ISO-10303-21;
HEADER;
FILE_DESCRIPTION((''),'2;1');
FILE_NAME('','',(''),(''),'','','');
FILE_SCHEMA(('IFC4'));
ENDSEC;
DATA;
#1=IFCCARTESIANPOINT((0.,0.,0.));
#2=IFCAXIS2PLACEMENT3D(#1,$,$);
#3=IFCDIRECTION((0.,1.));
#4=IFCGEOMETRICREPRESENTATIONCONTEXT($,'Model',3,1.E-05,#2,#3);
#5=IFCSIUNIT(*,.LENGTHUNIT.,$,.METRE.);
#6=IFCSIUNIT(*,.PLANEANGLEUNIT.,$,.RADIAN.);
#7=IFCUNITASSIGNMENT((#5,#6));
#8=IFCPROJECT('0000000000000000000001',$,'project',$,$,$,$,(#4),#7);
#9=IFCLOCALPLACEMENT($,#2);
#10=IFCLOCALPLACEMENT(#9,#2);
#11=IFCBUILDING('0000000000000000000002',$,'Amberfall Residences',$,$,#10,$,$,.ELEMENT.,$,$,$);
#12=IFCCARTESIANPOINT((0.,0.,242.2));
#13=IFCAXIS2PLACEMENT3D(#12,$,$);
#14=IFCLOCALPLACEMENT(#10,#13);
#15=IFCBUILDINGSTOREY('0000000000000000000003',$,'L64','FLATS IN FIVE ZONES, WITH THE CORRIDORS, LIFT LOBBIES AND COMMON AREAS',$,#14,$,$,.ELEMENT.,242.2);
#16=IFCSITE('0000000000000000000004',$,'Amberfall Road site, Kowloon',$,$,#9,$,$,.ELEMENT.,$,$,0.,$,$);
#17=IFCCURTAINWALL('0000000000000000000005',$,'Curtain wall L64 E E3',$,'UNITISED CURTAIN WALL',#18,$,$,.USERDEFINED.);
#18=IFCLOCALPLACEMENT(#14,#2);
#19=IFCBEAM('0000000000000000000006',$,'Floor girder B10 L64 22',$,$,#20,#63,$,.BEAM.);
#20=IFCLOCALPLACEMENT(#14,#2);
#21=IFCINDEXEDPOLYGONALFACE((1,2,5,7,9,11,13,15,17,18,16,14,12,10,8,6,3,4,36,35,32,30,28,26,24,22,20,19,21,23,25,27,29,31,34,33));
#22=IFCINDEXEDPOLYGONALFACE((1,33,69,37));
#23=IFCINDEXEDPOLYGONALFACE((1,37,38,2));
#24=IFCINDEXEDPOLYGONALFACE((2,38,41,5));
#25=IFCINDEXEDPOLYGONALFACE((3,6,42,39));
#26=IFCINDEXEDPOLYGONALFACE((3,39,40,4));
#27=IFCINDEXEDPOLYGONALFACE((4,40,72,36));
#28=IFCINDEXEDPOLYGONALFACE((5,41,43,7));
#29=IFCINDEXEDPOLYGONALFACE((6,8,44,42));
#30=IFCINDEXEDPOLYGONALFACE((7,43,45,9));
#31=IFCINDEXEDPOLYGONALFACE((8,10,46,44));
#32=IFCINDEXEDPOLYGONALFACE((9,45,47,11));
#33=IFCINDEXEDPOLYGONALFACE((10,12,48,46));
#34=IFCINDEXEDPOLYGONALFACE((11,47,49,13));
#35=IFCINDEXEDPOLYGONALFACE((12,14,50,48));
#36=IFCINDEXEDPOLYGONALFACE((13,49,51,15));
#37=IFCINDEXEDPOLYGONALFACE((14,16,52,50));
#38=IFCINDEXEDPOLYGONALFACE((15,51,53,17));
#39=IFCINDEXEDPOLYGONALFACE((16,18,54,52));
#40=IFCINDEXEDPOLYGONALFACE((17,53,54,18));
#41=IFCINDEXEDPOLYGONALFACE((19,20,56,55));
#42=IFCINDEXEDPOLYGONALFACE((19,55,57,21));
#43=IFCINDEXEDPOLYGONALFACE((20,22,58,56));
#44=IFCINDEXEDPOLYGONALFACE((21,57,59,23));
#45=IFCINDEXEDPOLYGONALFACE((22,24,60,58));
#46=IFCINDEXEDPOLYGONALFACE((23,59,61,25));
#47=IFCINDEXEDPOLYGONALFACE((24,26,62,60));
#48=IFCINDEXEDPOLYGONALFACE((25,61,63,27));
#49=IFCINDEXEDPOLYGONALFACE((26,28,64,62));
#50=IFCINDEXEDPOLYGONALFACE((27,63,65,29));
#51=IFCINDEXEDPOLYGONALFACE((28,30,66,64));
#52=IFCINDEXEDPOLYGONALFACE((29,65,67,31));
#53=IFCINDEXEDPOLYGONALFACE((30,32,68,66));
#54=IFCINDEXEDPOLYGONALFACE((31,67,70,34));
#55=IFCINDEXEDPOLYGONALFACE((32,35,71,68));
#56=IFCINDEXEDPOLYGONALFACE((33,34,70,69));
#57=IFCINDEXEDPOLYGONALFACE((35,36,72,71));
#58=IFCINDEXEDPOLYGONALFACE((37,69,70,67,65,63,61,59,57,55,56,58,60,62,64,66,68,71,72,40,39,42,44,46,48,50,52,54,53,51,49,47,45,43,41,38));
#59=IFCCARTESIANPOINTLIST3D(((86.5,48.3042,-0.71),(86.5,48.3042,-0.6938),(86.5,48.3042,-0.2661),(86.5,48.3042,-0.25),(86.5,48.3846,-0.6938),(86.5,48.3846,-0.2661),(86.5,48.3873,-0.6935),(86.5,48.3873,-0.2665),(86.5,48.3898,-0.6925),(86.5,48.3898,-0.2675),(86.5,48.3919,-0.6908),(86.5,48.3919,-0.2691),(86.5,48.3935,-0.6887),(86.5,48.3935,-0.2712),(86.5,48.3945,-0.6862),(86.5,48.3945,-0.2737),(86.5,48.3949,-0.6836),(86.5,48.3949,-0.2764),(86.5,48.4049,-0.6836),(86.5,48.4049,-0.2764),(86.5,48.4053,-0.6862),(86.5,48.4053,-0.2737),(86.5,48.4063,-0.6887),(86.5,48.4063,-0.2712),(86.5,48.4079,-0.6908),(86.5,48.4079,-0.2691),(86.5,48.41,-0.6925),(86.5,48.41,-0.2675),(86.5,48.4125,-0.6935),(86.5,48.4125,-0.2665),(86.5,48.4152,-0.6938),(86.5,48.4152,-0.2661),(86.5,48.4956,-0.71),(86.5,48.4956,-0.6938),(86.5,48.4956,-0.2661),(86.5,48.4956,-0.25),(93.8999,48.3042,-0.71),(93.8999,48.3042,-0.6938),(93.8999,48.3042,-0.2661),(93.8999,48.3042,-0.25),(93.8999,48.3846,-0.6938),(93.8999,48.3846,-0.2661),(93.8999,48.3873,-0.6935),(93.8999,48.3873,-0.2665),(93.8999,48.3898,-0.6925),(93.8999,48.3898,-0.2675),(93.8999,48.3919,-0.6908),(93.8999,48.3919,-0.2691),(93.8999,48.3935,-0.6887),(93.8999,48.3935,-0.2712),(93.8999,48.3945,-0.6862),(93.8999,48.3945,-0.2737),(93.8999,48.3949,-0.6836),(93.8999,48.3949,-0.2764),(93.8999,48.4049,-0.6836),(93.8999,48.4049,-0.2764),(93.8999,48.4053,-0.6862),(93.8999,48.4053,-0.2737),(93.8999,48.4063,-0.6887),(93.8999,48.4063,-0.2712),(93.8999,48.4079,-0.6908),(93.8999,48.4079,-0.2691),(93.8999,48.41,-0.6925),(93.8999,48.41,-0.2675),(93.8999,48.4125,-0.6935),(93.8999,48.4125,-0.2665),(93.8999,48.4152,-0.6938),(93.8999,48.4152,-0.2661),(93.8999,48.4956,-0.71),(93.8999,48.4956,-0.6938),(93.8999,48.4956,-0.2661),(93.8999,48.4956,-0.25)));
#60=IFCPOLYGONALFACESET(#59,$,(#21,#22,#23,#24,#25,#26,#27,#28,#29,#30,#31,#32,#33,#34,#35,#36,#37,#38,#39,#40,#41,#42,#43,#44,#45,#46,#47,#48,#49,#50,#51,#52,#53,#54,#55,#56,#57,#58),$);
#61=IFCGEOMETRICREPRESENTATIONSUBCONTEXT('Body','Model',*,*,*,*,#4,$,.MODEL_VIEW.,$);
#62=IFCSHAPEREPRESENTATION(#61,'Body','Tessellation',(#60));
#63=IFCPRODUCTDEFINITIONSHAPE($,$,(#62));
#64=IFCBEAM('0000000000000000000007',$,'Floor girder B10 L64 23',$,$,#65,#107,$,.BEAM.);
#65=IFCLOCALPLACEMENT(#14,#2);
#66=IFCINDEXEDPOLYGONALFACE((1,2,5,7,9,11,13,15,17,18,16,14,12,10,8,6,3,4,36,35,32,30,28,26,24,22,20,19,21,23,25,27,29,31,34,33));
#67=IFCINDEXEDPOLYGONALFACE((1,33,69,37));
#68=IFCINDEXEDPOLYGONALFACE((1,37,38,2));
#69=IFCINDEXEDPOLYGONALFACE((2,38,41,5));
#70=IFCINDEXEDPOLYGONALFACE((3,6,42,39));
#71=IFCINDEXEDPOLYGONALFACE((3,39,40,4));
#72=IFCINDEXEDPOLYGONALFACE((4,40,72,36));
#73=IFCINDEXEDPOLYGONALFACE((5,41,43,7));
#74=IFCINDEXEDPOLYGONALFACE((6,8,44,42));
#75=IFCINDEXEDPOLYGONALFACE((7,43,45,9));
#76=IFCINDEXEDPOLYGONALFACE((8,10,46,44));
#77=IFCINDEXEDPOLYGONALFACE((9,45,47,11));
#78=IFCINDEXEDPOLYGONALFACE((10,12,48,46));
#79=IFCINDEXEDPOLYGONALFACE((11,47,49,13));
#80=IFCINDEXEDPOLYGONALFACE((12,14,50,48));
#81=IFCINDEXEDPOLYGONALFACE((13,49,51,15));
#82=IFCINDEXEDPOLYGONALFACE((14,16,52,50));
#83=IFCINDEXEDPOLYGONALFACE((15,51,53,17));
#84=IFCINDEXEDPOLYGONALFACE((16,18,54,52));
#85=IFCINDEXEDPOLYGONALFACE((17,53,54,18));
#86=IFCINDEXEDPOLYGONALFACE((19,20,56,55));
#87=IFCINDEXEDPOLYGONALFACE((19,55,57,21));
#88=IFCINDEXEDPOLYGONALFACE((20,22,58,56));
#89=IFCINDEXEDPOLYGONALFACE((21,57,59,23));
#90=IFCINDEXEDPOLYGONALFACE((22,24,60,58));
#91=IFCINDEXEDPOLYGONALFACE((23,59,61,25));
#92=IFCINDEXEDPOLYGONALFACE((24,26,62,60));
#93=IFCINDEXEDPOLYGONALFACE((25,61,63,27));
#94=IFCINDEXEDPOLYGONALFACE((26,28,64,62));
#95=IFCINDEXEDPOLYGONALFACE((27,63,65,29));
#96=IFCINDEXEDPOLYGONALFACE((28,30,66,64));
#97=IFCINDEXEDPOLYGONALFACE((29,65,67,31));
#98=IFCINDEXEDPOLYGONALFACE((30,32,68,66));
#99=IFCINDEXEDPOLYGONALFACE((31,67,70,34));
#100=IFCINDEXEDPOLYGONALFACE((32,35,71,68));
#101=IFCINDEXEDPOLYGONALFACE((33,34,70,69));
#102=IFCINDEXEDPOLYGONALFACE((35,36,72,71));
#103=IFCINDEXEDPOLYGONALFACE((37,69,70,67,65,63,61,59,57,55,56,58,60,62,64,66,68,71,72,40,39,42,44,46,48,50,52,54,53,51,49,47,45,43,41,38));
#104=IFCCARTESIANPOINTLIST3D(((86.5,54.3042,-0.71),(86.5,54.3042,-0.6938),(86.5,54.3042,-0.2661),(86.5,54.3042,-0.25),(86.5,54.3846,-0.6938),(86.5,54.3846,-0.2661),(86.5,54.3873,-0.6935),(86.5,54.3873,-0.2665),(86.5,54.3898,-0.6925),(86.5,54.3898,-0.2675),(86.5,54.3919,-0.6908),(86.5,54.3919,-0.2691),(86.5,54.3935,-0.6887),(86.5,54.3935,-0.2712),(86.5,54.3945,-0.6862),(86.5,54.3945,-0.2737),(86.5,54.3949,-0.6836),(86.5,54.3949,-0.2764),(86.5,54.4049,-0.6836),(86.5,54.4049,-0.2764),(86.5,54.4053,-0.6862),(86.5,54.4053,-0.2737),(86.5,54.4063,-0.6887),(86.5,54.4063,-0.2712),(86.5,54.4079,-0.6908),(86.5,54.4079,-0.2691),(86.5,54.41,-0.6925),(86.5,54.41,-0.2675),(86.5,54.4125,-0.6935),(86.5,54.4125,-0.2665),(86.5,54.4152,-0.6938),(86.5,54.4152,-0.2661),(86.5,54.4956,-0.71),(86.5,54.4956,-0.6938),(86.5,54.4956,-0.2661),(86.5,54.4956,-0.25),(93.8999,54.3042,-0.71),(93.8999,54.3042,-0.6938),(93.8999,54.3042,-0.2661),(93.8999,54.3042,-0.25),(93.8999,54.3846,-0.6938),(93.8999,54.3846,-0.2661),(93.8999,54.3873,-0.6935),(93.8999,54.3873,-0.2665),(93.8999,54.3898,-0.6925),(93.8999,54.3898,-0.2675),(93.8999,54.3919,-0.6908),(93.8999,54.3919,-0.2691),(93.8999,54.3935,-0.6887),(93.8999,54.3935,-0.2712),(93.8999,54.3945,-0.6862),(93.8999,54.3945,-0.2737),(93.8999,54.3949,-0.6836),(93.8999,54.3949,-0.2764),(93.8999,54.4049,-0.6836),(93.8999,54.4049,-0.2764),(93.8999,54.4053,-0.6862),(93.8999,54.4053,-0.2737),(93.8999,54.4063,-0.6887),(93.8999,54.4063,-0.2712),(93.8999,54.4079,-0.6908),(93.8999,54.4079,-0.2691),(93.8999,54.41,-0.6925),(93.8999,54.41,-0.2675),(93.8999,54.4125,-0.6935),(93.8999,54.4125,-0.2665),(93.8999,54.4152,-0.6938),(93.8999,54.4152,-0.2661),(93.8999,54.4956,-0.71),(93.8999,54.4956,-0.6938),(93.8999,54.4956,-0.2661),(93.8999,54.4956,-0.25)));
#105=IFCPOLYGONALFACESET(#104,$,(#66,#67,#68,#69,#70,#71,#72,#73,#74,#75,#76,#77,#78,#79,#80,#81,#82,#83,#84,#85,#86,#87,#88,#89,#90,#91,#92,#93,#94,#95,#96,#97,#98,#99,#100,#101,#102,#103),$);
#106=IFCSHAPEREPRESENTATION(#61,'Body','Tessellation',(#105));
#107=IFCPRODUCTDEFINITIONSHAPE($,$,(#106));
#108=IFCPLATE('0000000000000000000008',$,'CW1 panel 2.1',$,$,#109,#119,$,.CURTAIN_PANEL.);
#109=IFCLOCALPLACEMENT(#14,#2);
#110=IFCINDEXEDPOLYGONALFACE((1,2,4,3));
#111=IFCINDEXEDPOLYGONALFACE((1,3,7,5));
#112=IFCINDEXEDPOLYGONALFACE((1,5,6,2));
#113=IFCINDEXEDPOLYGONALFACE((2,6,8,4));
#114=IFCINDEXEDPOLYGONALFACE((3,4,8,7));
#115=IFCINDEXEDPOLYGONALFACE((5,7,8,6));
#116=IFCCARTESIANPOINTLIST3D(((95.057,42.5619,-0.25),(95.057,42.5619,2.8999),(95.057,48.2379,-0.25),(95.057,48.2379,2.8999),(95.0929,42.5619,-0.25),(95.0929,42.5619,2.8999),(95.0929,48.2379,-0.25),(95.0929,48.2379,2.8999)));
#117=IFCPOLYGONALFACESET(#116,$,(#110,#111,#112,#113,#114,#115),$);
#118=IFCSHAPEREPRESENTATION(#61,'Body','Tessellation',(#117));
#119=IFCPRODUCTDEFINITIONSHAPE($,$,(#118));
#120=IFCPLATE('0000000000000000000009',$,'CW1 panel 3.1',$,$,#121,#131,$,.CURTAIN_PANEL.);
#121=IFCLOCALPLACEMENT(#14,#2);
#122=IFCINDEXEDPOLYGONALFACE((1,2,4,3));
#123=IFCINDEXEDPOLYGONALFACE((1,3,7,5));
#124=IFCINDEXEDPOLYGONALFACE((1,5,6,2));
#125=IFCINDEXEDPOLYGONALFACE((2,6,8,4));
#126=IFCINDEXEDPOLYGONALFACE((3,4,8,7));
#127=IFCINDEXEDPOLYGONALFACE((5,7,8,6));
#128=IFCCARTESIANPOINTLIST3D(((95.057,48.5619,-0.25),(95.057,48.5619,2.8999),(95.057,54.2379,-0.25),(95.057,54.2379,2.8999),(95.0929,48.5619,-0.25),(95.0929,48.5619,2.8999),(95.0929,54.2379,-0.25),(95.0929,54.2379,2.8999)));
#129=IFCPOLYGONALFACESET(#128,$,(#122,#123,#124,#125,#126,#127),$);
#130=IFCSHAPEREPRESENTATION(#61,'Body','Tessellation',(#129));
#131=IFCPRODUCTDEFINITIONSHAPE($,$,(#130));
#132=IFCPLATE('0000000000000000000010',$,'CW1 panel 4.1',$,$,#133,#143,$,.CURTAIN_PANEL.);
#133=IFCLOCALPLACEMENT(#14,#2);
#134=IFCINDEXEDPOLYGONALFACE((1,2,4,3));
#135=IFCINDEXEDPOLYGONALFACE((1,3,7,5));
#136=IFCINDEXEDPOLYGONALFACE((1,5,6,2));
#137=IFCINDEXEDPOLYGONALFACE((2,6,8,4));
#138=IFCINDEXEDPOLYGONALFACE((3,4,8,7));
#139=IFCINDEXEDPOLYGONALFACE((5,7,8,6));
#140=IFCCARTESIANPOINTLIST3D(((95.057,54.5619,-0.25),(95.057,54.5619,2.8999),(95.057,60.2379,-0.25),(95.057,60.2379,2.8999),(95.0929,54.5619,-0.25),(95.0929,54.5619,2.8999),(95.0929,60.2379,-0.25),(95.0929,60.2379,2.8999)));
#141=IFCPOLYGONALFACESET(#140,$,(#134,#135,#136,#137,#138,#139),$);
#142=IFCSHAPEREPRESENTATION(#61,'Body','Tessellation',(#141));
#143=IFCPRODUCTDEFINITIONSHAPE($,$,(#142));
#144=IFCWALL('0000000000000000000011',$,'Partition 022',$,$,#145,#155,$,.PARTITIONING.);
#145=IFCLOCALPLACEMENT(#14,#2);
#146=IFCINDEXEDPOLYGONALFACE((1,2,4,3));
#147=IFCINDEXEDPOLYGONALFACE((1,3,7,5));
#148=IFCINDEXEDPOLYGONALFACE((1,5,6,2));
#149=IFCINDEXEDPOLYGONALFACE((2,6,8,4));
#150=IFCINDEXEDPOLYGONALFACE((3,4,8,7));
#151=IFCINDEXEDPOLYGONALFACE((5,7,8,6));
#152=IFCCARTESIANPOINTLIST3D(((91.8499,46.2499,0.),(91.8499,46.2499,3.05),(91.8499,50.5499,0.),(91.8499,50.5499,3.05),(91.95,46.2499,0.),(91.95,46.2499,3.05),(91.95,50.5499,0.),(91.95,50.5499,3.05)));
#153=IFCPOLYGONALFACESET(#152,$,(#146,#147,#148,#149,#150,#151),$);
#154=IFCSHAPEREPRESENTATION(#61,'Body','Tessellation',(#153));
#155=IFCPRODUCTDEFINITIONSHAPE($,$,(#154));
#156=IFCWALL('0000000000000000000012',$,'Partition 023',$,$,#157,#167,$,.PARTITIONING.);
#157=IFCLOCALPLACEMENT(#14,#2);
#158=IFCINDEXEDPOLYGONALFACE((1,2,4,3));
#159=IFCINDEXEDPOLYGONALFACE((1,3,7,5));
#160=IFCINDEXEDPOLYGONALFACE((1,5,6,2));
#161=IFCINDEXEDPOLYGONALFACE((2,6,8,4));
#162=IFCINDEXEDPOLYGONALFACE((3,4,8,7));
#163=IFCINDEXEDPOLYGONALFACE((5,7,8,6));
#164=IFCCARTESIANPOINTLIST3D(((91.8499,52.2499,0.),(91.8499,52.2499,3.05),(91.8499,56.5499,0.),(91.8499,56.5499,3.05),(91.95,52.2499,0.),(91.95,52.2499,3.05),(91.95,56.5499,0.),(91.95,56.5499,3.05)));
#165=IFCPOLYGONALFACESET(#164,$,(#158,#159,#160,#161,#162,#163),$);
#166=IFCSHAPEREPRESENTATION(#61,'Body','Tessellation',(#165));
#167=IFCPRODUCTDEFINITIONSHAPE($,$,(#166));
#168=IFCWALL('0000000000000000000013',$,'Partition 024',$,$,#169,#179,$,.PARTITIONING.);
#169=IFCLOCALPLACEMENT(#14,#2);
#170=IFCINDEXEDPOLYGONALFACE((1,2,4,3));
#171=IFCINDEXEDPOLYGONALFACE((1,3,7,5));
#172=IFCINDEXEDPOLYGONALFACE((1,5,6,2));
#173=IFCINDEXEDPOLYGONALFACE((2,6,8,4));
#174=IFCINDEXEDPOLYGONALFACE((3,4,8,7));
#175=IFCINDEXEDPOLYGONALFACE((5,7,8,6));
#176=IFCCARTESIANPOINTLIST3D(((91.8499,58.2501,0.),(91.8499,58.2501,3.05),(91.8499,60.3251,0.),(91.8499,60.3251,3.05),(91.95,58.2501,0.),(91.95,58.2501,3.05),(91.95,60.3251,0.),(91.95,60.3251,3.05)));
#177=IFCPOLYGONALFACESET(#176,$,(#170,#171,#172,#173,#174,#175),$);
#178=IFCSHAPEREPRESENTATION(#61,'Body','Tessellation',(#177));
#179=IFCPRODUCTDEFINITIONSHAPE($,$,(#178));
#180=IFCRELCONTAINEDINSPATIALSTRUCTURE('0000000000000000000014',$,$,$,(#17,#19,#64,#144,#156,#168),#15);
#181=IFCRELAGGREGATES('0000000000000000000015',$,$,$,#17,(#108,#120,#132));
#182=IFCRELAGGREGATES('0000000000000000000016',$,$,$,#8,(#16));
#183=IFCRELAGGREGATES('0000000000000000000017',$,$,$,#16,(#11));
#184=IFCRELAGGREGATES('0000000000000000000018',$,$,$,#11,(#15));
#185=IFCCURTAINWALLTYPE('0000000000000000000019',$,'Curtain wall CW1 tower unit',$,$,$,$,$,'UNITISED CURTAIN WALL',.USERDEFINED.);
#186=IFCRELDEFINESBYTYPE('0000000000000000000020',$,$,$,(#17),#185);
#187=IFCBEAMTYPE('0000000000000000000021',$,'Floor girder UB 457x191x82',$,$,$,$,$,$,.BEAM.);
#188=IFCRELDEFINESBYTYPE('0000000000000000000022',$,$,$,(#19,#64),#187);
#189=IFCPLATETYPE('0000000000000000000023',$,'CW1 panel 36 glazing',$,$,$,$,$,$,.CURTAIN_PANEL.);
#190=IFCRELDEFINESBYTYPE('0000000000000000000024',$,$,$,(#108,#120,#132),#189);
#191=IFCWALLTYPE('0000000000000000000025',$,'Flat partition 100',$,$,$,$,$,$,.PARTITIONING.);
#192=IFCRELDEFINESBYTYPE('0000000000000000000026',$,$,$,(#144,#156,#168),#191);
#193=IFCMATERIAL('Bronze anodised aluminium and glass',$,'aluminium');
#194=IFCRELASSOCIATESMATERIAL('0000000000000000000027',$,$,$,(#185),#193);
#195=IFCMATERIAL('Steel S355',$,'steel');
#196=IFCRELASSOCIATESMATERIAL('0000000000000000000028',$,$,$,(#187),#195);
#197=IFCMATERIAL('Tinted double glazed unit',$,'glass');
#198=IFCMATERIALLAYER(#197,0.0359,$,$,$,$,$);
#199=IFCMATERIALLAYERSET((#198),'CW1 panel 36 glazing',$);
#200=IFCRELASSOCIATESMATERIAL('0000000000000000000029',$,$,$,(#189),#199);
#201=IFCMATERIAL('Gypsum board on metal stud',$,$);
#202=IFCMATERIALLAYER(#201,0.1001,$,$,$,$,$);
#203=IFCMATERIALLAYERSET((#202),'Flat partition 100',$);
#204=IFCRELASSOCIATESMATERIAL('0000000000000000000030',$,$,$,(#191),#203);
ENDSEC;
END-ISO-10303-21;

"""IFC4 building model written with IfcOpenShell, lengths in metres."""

from ifc_helpers import new_model, si_unit, direction, frame, frame_2d, origin, origin_2d, place, context, subcontext, project, spatial, rectangle, i_section, extrude, material, layer, layer_set, material_profile, profile_set, type_object, element, aggregate, save


model = new_model("IFC4")

# Units and contexts
model_context = context("Model", 3, precision=1e-05, world=origin(), true_north=direction((0.0, 1.0)))
body_context = subcontext(model_context, "Body", "Model", "MODEL_VIEW")
ifc_project = project(units=[si_unit("LENGTHUNIT", "METRE"), si_unit("PLANEANGLEUNIT", "RADIAN")], contexts=[model_context])

# Site, building, storey
site_placement = place(None, origin())
site = spatial("IfcSite", under=ifc_project, at=site_placement, Name="Amberfall Road site, Kowloon", CompositionType="ELEMENT", RefElevation=0.0)
building_placement = place(site_placement, origin())
building = spatial("IfcBuilding", under=site, at=building_placement, Name="Amberfall Residences", CompositionType="ELEMENT")
storey_placement = place(building_placement, frame((0.0, 0.0, 242.2)))
storey = spatial("IfcBuildingStorey", under=building, at=storey_placement, Name="L64", Description="FLATS IN FIVE ZONES, WITH THE CORRIDORS, LIFT LOBBIES AND COMMON AREAS", CompositionType="ELEMENT", Elevation=242.2)

# Curtain wall
ifc_material_1 = material(Name="Bronze anodised aluminium and glass", Category="aluminium")
curtain_wall_type = type_object("IfcCurtainWallType", Name="Curtain wall CW1 tower unit", ElementType="UNITISED CURTAIN WALL", PredefinedType="USERDEFINED", material=ifc_material_1)
curtain_wall_placement = place(storey_placement, origin())
curtain_wall = element("IfcCurtainWall", 1, at=curtain_wall_placement, inside=storey, type_object=curtain_wall_type, Name="Curtain wall L64 E E3", ObjectType="UNITISED CURTAIN WALL", PredefinedType="USERDEFINED")

# Shared definitions
ifc_material_2 = material(Name="Steel S355", Category="steel")

# Beams
ifc_material_profile_1 = material_profile(ifc_material_2, i_section(OverallWidth=0.1914, OverallDepth=0.46, WebThickness=0.01, FlangeThickness=0.0161, FilletRadius=0.0103, at=origin_2d()), Name="UB 457x191x82")
ifc_profile_set_1 = profile_set([ifc_material_profile_1], Name="Steel S355")
beam_type_1 = type_object("IfcBeamType", Name="Floor girder UB 457x191x82", PredefinedType="BEAM", material=ifc_profile_set_1)
for number, where, z_axis, x_axis, name in (
    (2, (93.8999, 48.3999, -0.48), (-1.0, 0.0, 0.0), (0.0, -1.0, 0.0), "Floor girder B10 L64 22"),
    (3, (93.8999, 54.3999, -0.48), (-1.0, 0.0, 0.0), (0.0, -1.0, 0.0), "Floor girder B10 L64 23"),
):
    element("IfcBeam", number, at=place(storey_placement, frame(where, z_axis=z_axis, x_axis=x_axis)), inside=storey, type_object=beam_type_1, Name=name, PredefinedType="BEAM", context=body_context, shape_type="SweptSolid", body=[
        extrude(i_section(OverallWidth=0.1914, OverallDepth=0.46, WebThickness=0.01, FlangeThickness=0.0161, FilletRadius=0.0103, at=origin_2d()), origin(), (0.0, 0.0, 1.0), 7.3999),
    ])

# Plates
ifc_material_3 = material(Name="Tinted double glazed unit", Category="glass")
ifc_layer_1 = layer(ifc_material_3, 0.0359)
ifc_layer_set_1 = layer_set([ifc_layer_1], Name="CW1 panel 36 glazing")
plate_type = type_object("IfcPlateType", Name="CW1 panel 36 glazing", PredefinedType="CURTAIN_PANEL", material=ifc_layer_set_1)
plate_1_placement = place(storey_placement, frame((95.075, 45.3999, -0.25), z_axis=(0.0, 0.0, 1.0), x_axis=(0.0, 1.0, 0.0)))
plate_1 = element("IfcPlate", 4, at=plate_1_placement, type_object=plate_type, Name="CW1 panel 2.1", PredefinedType="CURTAIN_PANEL", context=body_context, shape_type="SweptSolid", body=[
    extrude(rectangle(XDim=5.676, YDim=0.0359, at=origin_2d()), origin(), (0.0, 0.0, 1.0), 3.1499),
])
plate_2_placement = place(storey_placement, frame((95.075, 51.3999, -0.25), z_axis=(0.0, 0.0, 1.0), x_axis=(0.0, 1.0, 0.0)))
plate_2 = element("IfcPlate", 5, at=plate_2_placement, type_object=plate_type, Name="CW1 panel 3.1", PredefinedType="CURTAIN_PANEL", context=body_context, shape_type="SweptSolid", body=[
    extrude(rectangle(XDim=5.676, YDim=0.0359, at=origin_2d()), origin(), (0.0, 0.0, 1.0), 3.1499),
])
plate_3_placement = place(storey_placement, frame((95.075, 57.3999, -0.25), z_axis=(0.0, 0.0, 1.0), x_axis=(0.0, 1.0, 0.0)))
plate_3 = element("IfcPlate", 6, at=plate_3_placement, type_object=plate_type, Name="CW1 panel 4.1", PredefinedType="CURTAIN_PANEL", context=body_context, shape_type="SweptSolid", body=[
    extrude(rectangle(XDim=5.676, YDim=0.0359, at=origin_2d()), origin(), (0.0, 0.0, 1.0), 3.1499),
])
aggregate(curtain_wall, [plate_1, plate_2, plate_3])

# Walls
ifc_material_4 = material(Name="Gypsum board on metal stud")
ifc_layer_2 = layer(ifc_material_4, 0.1001)
ifc_layer_set_2 = layer_set([ifc_layer_2], Name="Flat partition 100")
wall_type = type_object("IfcWallType", Name="Flat partition 100", PredefinedType="PARTITIONING", material=ifc_layer_set_2)
for number, where, z_axis, x_axis, name in (
    (7, (91.8999, 46.25, 0.0), (0.0, 0.0, 1.0), (0.0, 1.0, 0.0), "Partition 022"),
    (8, (91.8999, 52.25, 0.0), (0.0, 0.0, 1.0), (0.0, 1.0, 0.0), "Partition 023"),
):
    element("IfcWall", number, at=place(storey_placement, frame(where, z_axis=z_axis, x_axis=x_axis)), inside=storey, type_object=wall_type, Name=name, PredefinedType="PARTITIONING", context=body_context, shape_type="SweptSolid", body=[
        extrude(rectangle(XDim=4.3, YDim=0.1001, at=frame_2d((2.1499, 0.0))), origin(), (0.0, 0.0, 1.0), 3.05),
    ])
wall_1_placement = place(storey_placement, frame((91.8999, 58.25, 0.0), z_axis=(0.0, 0.0, 1.0), x_axis=(0.0, 1.0, 0.0)))
element("IfcWall", 9, at=wall_1_placement, inside=storey, type_object=wall_type, Name="Partition 024", PredefinedType="PARTITIONING", context=body_context, shape_type="SweptSolid", body=[
    extrude(rectangle(XDim=2.075, YDim=0.1001, at=frame_2d((1.0376, 0.0))), origin(), (0.0, 0.0, 1.0), 3.05),
])

save(model, "model.ifc")
